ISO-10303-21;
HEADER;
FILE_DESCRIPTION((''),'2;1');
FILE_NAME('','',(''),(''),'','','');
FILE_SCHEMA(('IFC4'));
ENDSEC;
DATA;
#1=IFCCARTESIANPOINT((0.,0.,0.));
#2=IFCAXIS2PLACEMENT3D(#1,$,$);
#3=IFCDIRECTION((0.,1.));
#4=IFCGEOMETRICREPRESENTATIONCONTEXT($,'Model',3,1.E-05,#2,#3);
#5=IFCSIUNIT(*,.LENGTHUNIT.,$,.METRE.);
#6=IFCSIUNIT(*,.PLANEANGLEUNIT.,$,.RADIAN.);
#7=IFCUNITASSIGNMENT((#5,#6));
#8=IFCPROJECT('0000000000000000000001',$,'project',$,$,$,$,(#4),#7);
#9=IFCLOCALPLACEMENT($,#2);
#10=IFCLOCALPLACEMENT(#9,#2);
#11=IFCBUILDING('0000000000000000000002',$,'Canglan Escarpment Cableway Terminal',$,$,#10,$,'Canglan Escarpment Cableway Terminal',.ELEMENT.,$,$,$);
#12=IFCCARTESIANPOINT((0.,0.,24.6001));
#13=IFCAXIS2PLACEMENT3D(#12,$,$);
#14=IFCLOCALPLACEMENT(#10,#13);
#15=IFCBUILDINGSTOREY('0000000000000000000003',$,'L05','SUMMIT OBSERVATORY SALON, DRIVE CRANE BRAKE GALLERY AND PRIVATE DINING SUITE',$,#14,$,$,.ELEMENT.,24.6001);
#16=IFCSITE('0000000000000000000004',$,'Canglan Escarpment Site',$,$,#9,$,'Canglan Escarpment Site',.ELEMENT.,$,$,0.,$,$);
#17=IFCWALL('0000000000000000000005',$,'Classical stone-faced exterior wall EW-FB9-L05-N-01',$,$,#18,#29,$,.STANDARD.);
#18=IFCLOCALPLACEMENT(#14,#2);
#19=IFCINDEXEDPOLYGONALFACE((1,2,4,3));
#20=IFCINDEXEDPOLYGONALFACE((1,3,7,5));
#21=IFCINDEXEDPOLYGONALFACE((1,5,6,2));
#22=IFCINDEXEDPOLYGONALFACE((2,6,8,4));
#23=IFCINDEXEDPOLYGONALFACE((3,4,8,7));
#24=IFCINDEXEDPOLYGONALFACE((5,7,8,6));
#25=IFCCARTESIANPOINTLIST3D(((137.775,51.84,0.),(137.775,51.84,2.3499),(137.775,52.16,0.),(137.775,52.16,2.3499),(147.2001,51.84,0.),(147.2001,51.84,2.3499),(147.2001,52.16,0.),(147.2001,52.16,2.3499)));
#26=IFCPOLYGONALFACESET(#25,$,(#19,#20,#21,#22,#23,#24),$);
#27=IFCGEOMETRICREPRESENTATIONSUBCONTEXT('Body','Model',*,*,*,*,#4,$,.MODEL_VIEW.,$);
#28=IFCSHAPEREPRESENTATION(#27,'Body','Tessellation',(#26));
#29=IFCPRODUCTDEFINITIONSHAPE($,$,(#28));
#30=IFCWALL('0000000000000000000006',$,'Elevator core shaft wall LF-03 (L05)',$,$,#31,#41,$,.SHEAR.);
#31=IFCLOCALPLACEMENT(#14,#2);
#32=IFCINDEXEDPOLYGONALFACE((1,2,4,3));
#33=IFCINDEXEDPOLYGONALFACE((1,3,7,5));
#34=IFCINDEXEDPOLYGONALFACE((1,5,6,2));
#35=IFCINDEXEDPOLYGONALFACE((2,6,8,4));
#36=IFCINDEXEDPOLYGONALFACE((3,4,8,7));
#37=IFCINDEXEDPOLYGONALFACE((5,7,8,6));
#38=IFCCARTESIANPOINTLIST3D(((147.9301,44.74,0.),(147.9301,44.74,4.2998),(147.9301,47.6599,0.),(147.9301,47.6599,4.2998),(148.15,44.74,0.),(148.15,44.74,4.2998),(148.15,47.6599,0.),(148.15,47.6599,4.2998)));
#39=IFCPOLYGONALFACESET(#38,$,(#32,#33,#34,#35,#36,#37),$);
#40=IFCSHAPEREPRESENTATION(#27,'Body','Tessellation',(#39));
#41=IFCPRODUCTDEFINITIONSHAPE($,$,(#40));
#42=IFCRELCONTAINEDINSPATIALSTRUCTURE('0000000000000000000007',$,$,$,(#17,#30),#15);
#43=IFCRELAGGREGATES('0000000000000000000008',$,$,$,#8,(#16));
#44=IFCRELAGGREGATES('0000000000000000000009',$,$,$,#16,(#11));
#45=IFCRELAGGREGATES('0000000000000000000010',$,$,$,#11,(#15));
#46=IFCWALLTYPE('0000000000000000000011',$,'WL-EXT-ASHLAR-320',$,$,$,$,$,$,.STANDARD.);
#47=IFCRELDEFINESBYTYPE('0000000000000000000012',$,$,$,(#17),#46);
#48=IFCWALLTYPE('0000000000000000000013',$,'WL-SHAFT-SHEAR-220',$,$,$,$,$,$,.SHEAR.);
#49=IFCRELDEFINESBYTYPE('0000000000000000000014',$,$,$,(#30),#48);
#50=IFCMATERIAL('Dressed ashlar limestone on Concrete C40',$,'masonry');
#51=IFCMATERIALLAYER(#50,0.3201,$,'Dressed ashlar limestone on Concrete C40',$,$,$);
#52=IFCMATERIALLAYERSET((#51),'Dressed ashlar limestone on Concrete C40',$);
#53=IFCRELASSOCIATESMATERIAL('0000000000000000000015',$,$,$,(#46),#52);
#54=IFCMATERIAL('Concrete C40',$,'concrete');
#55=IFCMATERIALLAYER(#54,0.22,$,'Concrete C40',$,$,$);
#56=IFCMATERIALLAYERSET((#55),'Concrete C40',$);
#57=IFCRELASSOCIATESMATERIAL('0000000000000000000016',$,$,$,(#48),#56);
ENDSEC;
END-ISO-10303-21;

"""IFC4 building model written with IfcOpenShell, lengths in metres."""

from ifc_helpers import new_model, si_unit, direction, frame, frame_2d, origin, place, context, subcontext, project, spatial, rectangle, extrude, material, layer, layer_set, type_object, element, save


model = new_model("IFC4")

# Units and contexts
model_context = context("Model", 3, precision=1e-05, world=origin(), true_north=direction((0.0, 1.0)))
body_context = subcontext(model_context, "Body", "Model", "MODEL_VIEW")
ifc_project = project(units=[si_unit("LENGTHUNIT", "METRE"), si_unit("PLANEANGLEUNIT", "RADIAN")], contexts=[model_context])

# Site, building, storey
site_placement = place(None, origin())
site = spatial("IfcSite", under=ifc_project, at=site_placement, Name="Canglan Escarpment Site", LongName="Canglan Escarpment Site", CompositionType="ELEMENT", RefElevation=0.0)
building_placement = place(site_placement, origin())
building = spatial("IfcBuilding", under=site, at=building_placement, Name="Canglan Escarpment Cableway Terminal", LongName="Canglan Escarpment Cableway Terminal", CompositionType="ELEMENT")
storey_placement = place(building_placement, frame((0.0, 0.0, 24.6001)))
storey = spatial("IfcBuildingStorey", under=building, at=storey_placement, Name="L05", Description="SUMMIT OBSERVATORY SALON, DRIVE CRANE BRAKE GALLERY AND PRIVATE DINING SUITE", CompositionType="ELEMENT", Elevation=24.6001)

# Wall
ifc_material_1 = material(Name="Concrete C40", Category="concrete")
ifc_material_2 = material(Name="Dressed ashlar limestone on Concrete C40", Category="masonry")
ifc_layer_1 = layer(ifc_material_2, 0.3201, Name="Dressed ashlar limestone on Concrete C40")
ifc_layer_set_1 = layer_set([ifc_layer_1], Name="Dressed ashlar limestone on Concrete C40")
wall_type_1 = type_object("IfcWallType", Name="WL-EXT-ASHLAR-320", PredefinedType="STANDARD", material=ifc_layer_set_1)
wall_1_placement = place(storey_placement, frame((147.2, 52.0, 0.0), z_axis=(0.0, 0.0, 1.0), x_axis=(-1.0, 0.0, 0.0)))
element("IfcWall", 1, at=wall_1_placement, inside=storey, type_object=wall_type_1, Name="Classical stone-faced exterior wall EW-FB9-L05-N-01", PredefinedType="STANDARD", context=body_context, shape_type="SweptSolid", body=[
    extrude(rectangle(XDim=9.425, YDim=0.3201, at=frame_2d((4.7124, 0.0))), origin(), (0.0, 0.0, 1.0), 2.3499),
])

# Wall
ifc_layer_2 = layer(ifc_material_1, 0.22, Name="Concrete C40")
ifc_layer_set_2 = layer_set([ifc_layer_2], Name="Concrete C40")
wall_type_2 = type_object("IfcWallType", Name="WL-SHAFT-SHEAR-220", PredefinedType="SHEAR", material=ifc_layer_set_2)
wall_2_placement = place(storey_placement, frame((148.04, 47.6599, 0.0), z_axis=(0.0, 0.0, 1.0), x_axis=(0.0, -1.0, 0.0)))
element("IfcWall", 2, at=wall_2_placement, inside=storey, type_object=wall_type_2, Name="Elevator core shaft wall LF-03 (L05)", PredefinedType="SHEAR", context=body_context, shape_type="SweptSolid", body=[
    extrude(rectangle(XDim=2.9199, YDim=0.22, at=frame_2d((1.46, 0.0))), origin(), (0.0, 0.0, 1.0), 4.2998),
])

save(model, "model.ifc")
